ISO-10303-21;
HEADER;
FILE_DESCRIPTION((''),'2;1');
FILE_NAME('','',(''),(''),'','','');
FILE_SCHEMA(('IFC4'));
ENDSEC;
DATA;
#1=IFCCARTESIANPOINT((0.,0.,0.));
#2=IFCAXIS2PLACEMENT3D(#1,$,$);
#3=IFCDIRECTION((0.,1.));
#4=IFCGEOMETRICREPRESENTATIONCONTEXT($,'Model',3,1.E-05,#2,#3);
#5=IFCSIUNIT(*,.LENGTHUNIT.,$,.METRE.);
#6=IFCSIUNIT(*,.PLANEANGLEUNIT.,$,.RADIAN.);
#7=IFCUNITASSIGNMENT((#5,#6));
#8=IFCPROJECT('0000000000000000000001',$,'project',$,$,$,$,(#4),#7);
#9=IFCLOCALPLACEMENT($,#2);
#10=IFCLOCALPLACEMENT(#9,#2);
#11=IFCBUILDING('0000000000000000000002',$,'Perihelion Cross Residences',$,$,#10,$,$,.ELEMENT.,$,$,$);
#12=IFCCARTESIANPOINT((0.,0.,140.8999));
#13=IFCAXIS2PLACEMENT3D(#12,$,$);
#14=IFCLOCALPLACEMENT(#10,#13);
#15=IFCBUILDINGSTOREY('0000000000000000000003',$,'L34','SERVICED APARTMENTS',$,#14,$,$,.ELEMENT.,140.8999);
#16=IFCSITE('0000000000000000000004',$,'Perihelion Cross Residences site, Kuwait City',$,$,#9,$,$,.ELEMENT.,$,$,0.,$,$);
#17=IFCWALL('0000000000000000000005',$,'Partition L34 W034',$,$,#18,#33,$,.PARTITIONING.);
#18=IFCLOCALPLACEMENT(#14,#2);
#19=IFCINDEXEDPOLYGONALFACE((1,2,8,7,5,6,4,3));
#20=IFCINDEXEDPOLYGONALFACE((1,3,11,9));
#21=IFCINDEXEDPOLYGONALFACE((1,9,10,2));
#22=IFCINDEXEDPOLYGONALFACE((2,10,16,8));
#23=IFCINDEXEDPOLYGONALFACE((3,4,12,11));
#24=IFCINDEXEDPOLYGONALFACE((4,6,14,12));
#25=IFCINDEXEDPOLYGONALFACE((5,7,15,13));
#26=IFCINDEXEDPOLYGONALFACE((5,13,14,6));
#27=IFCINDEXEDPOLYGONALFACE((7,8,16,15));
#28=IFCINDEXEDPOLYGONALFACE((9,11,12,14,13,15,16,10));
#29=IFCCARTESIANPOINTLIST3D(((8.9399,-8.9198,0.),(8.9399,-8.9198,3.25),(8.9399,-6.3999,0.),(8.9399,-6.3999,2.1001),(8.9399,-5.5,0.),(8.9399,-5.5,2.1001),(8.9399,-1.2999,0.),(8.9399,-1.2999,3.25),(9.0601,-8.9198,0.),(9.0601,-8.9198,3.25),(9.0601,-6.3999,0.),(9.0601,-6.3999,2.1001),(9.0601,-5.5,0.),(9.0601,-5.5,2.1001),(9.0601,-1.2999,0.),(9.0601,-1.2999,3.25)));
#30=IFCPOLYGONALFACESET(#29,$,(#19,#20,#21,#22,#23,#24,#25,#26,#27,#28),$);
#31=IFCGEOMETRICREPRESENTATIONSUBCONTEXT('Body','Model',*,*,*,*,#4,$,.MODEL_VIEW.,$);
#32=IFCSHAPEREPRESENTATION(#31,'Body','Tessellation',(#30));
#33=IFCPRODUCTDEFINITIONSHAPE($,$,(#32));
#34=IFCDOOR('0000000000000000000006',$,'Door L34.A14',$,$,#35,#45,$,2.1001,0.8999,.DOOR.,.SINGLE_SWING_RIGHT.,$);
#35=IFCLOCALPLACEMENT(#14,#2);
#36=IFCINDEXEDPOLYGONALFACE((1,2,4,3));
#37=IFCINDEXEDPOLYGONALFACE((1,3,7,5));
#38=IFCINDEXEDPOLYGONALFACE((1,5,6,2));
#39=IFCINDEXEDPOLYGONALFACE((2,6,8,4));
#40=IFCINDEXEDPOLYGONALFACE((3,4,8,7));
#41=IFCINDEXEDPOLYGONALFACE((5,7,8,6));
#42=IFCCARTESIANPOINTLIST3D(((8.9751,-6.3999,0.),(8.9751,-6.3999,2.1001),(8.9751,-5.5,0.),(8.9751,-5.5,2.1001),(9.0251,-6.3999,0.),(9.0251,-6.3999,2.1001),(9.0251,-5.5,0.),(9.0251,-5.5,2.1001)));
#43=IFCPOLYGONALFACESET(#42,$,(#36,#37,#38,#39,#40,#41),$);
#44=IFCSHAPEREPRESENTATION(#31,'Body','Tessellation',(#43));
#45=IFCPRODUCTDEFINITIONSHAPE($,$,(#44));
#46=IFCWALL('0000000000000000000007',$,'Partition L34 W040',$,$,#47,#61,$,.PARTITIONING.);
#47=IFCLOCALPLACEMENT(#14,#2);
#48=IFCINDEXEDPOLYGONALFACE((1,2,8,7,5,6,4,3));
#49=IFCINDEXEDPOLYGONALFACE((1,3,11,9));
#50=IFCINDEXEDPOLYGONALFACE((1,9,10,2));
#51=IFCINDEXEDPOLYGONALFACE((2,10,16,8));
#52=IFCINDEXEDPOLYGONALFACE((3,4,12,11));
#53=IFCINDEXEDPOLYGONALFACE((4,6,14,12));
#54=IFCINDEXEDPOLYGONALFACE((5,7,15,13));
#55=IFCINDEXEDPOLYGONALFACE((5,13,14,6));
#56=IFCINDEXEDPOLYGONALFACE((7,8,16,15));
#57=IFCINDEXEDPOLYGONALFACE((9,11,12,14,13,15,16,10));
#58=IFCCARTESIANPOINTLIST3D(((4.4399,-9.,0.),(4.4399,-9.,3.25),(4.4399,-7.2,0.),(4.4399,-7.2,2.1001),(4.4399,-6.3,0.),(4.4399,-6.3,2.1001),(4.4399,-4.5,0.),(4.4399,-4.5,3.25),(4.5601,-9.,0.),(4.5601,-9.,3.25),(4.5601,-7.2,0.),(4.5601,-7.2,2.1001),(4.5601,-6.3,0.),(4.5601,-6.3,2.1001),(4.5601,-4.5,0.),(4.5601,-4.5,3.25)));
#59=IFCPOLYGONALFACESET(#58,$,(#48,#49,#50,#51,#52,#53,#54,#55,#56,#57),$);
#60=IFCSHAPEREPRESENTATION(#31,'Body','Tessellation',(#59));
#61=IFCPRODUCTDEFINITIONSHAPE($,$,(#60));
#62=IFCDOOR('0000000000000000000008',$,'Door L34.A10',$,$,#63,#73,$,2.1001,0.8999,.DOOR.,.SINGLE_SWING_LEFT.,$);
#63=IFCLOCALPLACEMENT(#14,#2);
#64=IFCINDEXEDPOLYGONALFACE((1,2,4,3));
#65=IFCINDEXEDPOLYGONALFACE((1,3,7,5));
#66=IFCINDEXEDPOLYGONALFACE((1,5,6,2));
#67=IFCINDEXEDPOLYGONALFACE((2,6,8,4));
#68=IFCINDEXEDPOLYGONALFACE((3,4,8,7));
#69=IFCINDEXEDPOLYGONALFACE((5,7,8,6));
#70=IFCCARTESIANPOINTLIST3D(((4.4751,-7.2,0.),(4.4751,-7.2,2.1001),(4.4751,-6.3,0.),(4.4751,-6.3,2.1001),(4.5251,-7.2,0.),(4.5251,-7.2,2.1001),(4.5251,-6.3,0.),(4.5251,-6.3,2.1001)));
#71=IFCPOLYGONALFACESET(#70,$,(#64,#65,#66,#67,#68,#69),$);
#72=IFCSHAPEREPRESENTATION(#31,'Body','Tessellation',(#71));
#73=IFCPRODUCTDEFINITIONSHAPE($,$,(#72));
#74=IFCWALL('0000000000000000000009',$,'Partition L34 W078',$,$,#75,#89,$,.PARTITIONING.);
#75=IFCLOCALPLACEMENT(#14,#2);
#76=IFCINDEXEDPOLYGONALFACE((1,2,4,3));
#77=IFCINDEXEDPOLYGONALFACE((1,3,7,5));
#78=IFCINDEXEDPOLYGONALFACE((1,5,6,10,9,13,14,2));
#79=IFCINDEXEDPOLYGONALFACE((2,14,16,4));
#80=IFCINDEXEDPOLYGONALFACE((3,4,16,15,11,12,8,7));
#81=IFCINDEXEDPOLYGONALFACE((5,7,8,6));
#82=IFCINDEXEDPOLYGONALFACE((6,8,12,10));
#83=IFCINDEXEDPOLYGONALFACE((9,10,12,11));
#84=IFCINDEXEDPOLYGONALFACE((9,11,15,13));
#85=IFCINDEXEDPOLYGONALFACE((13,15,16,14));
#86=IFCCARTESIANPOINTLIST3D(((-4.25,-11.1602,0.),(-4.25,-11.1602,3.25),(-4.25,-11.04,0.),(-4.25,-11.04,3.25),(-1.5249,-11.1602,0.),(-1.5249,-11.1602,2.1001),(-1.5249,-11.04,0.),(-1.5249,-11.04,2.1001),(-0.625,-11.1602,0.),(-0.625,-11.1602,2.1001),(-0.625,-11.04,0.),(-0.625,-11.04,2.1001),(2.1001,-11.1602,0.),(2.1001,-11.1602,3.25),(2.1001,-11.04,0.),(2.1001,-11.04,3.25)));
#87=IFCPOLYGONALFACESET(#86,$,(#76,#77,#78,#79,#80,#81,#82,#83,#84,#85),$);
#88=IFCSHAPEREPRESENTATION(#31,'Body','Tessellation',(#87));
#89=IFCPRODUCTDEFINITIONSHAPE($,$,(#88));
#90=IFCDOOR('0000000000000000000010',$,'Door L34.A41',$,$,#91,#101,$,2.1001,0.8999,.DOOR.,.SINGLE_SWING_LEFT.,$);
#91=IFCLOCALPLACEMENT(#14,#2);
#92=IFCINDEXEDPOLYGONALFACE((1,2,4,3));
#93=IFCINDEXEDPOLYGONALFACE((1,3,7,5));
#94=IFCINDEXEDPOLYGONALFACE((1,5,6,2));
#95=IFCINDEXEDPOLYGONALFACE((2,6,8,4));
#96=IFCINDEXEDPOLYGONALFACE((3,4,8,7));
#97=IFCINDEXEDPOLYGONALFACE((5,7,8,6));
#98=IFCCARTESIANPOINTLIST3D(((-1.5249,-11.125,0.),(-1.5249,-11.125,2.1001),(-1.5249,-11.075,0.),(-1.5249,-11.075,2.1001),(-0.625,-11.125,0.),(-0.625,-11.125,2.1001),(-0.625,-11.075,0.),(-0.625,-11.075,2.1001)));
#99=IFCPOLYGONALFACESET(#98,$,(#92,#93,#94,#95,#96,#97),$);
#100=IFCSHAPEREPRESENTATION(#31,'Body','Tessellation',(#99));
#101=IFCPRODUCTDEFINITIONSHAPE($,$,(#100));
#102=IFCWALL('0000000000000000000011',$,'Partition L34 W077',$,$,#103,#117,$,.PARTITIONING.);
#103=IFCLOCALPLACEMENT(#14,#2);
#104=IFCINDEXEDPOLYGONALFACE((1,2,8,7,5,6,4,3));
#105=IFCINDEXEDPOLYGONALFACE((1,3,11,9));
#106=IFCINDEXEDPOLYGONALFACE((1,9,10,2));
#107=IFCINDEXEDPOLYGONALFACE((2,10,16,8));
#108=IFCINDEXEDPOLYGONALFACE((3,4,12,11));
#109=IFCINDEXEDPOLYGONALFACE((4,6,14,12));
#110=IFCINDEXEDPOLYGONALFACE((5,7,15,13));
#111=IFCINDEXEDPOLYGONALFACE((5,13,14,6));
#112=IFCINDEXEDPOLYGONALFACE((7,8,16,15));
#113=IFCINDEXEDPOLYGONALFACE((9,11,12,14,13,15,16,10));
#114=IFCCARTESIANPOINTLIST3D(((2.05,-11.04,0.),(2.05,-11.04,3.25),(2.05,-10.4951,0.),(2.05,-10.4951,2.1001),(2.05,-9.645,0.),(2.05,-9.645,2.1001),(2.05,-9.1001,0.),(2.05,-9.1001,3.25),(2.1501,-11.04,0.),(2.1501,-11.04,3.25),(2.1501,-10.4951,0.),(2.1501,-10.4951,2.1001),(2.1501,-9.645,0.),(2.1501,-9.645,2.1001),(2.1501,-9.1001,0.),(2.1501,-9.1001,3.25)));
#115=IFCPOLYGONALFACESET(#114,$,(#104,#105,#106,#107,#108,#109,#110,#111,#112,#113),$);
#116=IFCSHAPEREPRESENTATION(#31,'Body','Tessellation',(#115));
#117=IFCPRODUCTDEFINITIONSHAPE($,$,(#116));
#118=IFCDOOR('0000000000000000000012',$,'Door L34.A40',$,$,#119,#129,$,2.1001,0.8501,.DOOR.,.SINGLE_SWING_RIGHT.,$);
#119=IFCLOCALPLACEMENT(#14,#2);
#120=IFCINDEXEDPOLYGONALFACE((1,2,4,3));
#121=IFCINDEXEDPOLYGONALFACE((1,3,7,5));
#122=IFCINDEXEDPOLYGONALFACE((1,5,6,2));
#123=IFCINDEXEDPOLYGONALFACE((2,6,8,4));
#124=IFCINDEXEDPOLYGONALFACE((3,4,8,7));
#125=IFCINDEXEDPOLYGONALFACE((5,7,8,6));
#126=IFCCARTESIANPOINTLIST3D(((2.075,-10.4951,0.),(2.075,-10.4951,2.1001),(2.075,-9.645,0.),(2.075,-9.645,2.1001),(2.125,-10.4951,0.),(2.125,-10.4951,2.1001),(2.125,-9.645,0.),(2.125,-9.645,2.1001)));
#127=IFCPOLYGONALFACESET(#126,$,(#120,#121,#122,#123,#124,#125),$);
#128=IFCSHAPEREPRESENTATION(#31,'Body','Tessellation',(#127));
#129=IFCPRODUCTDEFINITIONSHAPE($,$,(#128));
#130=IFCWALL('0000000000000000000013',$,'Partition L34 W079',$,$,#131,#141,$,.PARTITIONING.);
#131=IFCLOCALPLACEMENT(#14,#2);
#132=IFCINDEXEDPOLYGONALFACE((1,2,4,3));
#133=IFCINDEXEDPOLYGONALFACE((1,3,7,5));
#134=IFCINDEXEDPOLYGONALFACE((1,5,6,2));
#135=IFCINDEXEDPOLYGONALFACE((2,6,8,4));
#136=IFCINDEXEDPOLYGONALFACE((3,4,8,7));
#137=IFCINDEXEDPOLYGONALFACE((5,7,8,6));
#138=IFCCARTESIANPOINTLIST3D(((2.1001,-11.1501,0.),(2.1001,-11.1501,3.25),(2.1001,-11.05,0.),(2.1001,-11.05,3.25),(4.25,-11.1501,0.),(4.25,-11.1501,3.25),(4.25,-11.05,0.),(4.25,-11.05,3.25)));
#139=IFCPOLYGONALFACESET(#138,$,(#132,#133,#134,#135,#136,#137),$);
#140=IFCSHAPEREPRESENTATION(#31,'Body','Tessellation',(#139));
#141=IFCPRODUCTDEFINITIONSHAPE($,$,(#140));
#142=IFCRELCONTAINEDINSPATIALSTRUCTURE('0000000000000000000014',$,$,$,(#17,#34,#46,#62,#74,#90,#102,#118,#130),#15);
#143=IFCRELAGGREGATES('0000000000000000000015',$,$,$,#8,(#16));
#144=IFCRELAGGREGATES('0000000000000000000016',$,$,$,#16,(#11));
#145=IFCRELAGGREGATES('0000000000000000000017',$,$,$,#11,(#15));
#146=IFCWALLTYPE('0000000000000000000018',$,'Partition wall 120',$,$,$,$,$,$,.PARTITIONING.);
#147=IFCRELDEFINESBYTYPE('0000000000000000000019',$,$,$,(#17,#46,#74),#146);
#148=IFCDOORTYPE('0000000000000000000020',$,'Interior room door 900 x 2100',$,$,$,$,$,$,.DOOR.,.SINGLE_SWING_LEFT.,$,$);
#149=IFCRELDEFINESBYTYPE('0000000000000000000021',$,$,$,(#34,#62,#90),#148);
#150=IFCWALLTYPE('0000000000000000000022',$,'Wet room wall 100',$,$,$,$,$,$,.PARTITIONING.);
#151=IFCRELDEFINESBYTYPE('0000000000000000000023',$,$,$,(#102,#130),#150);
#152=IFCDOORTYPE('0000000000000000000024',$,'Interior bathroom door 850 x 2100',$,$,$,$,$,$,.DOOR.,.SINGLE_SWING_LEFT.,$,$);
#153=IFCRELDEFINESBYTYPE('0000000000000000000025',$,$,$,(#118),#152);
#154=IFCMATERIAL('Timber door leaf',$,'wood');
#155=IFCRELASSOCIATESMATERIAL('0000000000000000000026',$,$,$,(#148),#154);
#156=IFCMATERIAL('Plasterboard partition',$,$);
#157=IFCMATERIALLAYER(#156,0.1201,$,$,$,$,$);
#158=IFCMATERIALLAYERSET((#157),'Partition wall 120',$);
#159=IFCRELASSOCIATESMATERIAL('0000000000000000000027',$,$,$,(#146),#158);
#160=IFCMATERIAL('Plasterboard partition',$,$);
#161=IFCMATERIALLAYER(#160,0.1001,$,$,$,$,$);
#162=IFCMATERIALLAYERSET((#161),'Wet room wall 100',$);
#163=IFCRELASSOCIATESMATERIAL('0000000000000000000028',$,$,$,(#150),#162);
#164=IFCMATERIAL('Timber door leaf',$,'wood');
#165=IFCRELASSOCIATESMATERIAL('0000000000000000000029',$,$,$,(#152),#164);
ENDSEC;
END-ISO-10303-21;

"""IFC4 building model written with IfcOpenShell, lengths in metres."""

from ifc_helpers import new_model, si_unit, direction, frame, frame_2d, origin, place, context, subcontext, project, spatial, rectangle, extrude, material, layer, layer_set, type_object, element, fill, save


model = new_model("IFC4")

# Units and contexts
model_context = context("Model", 3, precision=1e-05, world=origin(), true_north=direction((0.0, 1.0)))
body_context = subcontext(model_context, "Body", "Model", "MODEL_VIEW")
ifc_project = project(units=[si_unit("LENGTHUNIT", "METRE"), si_unit("PLANEANGLEUNIT", "RADIAN")], contexts=[model_context])

# Site, building, storey
site_placement = place(None, origin())
site = spatial("IfcSite", under=ifc_project, at=site_placement, Name="Perihelion Cross Residences site, Kuwait City", CompositionType="ELEMENT", RefElevation=0.0)
building_placement = place(site_placement, origin())
building = spatial("IfcBuilding", under=site, at=building_placement, Name="Perihelion Cross Residences", CompositionType="ELEMENT")
storey_placement = place(building_placement, frame((0.0, 0.0, 140.8999)))
storey = spatial("IfcBuildingStorey", under=building, at=storey_placement, Name="L34", Description="SERVICED APARTMENTS", CompositionType="ELEMENT", Elevation=140.8999)

# Shared definitions
ifc_material_1 = material(Name="Timber door leaf", Category="wood")
door_type_1 = type_object("IfcDoorType", Name="Interior room door 900 x 2100", OperationType="SINGLE_SWING_LEFT", PredefinedType="DOOR", material=ifc_material_1)

# Shared definitions
ifc_material_2 = material(Name="Plasterboard partition")
ifc_layer_1 = layer(ifc_material_2, 0.1201)
ifc_layer_set_1 = layer_set([ifc_layer_1], Name="Partition wall 120")
wall_type_1 = type_object("IfcWallType", Name="Partition wall 120", PredefinedType="PARTITIONING", material=ifc_layer_set_1)

# Walls, openings, doors
wall_1_placement = place(storey_placement, frame((9.0, -8.9199, 0.0), z_axis=(0.0, 0.0, 1.0), x_axis=(0.0, 1.0, 0.0)))
wall_1 = element("IfcWall", 1, at=wall_1_placement, inside=storey, type_object=wall_type_1, Name="Partition L34 W034", PredefinedType="PARTITIONING", context=body_context, shape_type="SweptSolid", body=[
    extrude(rectangle(XDim=7.6199, YDim=0.1201, at=frame_2d((3.8101, 0.0))), origin(), (0.0, 0.0, 1.0), 3.25),
])
opening_1_placement = place(wall_1_placement, frame((2.52, 0.0, 0.0)))
opening_1 = element("IfcOpeningElement", 2, at=opening_1_placement, cuts=wall_1, PredefinedType="OPENING", context=body_context, shape_type="SweptSolid", body=[
    extrude(rectangle(XDim=0.8999, YDim=2.1001, at=frame_2d((0.45, 1.05))), frame((0.0, 0.0701, 0.0), z_axis=(0.0, -1.0, 0.0), x_axis=(1.0, 0.0, 0.0)), (0.0, 0.0, 1.0), 0.1401),
])
door_1_placement = place(opening_1_placement, origin())
door_1 = element("IfcDoor", 3, at=door_1_placement, inside=storey, type_object=door_type_1, Name="Door L34.A14", OperationType="SINGLE_SWING_RIGHT", OverallHeight=2.1001, OverallWidth=0.8999, PredefinedType="DOOR", context=body_context, shape_type="SweptSolid", body=[
    extrude(rectangle(XDim=0.8999, YDim=2.1001, at=frame_2d((0.45, 1.05))), frame((0.0, 0.0249, 0.0), z_axis=(0.0, -1.0, 0.0), x_axis=(1.0, 0.0, 0.0)), (0.0, 0.0, 1.0), 0.05),
])
fill(opening_1, door_1)
wall_2_placement = place(storey_placement, frame((4.5, -9.0, 0.0), z_axis=(0.0, 0.0, 1.0), x_axis=(0.0, 1.0, 0.0)))
wall_2 = element("IfcWall", 4, at=wall_2_placement, inside=storey, type_object=wall_type_1, Name="Partition L34 W040", PredefinedType="PARTITIONING", context=body_context, shape_type="SweptSolid", body=[
    extrude(rectangle(XDim=4.5, YDim=0.1201, at=frame_2d((2.25, 0.0))), origin(), (0.0, 0.0, 1.0), 3.25),
])
opening_2_placement = place(wall_2_placement, frame((1.8, 0.0, 0.0)))
opening_2 = element("IfcOpeningElement", 5, at=opening_2_placement, cuts=wall_2, PredefinedType="OPENING", context=body_context, shape_type="SweptSolid", body=[
    extrude(rectangle(XDim=0.8999, YDim=2.1001, at=frame_2d((0.45, 1.05))), frame((0.0, 0.0701, 0.0), z_axis=(0.0, -1.0, 0.0), x_axis=(1.0, 0.0, 0.0)), (0.0, 0.0, 1.0), 0.1401),
])
door_2_placement = place(opening_2_placement, origin())
door_2 = element("IfcDoor", 6, at=door_2_placement, inside=storey, type_object=door_type_1, Name="Door L34.A10", OperationType="SINGLE_SWING_LEFT", OverallHeight=2.1001, OverallWidth=0.8999, PredefinedType="DOOR", context=body_context, shape_type="SweptSolid", body=[
    extrude(rectangle(XDim=0.8999, YDim=2.1001, at=frame_2d((0.45, 1.05))), frame((0.0, 0.0249, 0.0), z_axis=(0.0, -1.0, 0.0), x_axis=(1.0, 0.0, 0.0)), (0.0, 0.0, 1.0), 0.05),
])
fill(opening_2, door_2)
wall_3_placement = place(storey_placement, frame((2.1001, -11.1001, 0.0), z_axis=(0.0, 0.0, 1.0), x_axis=(-1.0, 0.0, 0.0)))
wall_3 = element("IfcWall", 7, at=wall_3_placement, inside=storey, type_object=wall_type_1, Name="Partition L34 W078", PredefinedType="PARTITIONING", context=body_context, shape_type="SweptSolid", body=[
    extrude(rectangle(XDim=6.3501, YDim=0.1201, at=frame_2d((3.175, 0.0))), origin(), (0.0, 0.0, 1.0), 3.25),
])
opening_3_placement = place(wall_3_placement, frame((2.7251, 0.0, 0.0)))
opening_3 = element("IfcOpeningElement", 8, at=opening_3_placement, cuts=wall_3, PredefinedType="OPENING", context=body_context, shape_type="SweptSolid", body=[
    extrude(rectangle(XDim=0.8999, YDim=2.1001, at=frame_2d((0.45, 1.05))), frame((0.0, 0.0701, 0.0), z_axis=(0.0, -1.0, 0.0), x_axis=(1.0, 0.0, 0.0)), (0.0, 0.0, 1.0), 0.1401),
])
door_3_placement = place(opening_3_placement, origin())
door_3 = element("IfcDoor", 9, at=door_3_placement, inside=storey, type_object=door_type_1, Name="Door L34.A41", OperationType="SINGLE_SWING_LEFT", OverallHeight=2.1001, OverallWidth=0.8999, PredefinedType="DOOR", context=body_context, shape_type="SweptSolid", body=[
    extrude(rectangle(XDim=0.8999, YDim=2.1001, at=frame_2d((0.45, 1.05))), frame((0.0, 0.0249, 0.0), z_axis=(0.0, -1.0, 0.0), x_axis=(1.0, 0.0, 0.0)), (0.0, 0.0, 1.0), 0.05),
])
fill(opening_3, door_3)
ifc_material_3 = material(Name="Plasterboard partition")
ifc_layer_2 = layer(ifc_material_3, 0.1001)
ifc_layer_set_2 = layer_set([ifc_layer_2], Name="Wet room wall 100")
wall_type_2 = type_object("IfcWallType", Name="Wet room wall 100", PredefinedType="PARTITIONING", material=ifc_layer_set_2)
wall_4_placement = place(storey_placement, frame((2.1001, -9.1001, 0.0), z_axis=(0.0, 0.0, 1.0), x_axis=(0.0, -1.0, 0.0)))
wall_4 = element("IfcWall", 10, at=wall_4_placement, inside=storey, type_object=wall_type_2, Name="Partition L34 W077", PredefinedType="PARTITIONING", context=body_context, shape_type="SweptSolid", body=[
    extrude(rectangle(XDim=1.9399, YDim=0.1001, at=frame_2d((0.97, 0.0))), origin(), (0.0, 0.0, 1.0), 3.25),
])
opening_4_placement = place(wall_4_placement, frame((0.5449, 0.0, 0.0)))
opening_4 = element("IfcOpeningElement", 11, at=opening_4_placement, cuts=wall_4, PredefinedType="OPENING", context=body_context, shape_type="SweptSolid", body=[
    extrude(rectangle(XDim=0.8501, YDim=2.1001, at=frame_2d((0.425, 1.05))), frame((0.0, 0.0601, 0.0), z_axis=(0.0, -1.0, 0.0), x_axis=(1.0, 0.0, 0.0)), (0.0, 0.0, 1.0), 0.1201),
])
ifc_material_4 = material(Name="Timber door leaf", Category="wood")
door_type_2 = type_object("IfcDoorType", Name="Interior bathroom door 850 x 2100", OperationType="SINGLE_SWING_LEFT", PredefinedType="DOOR", material=ifc_material_4)
door_4_placement = place(opening_4_placement, origin())
door_4 = element("IfcDoor", 12, at=door_4_placement, inside=storey, type_object=door_type_2, Name="Door L34.A40", OperationType="SINGLE_SWING_RIGHT", OverallHeight=2.1001, OverallWidth=0.8501, PredefinedType="DOOR", context=body_context, shape_type="SweptSolid", body=[
    extrude(rectangle(XDim=0.8501, YDim=2.1001, at=frame_2d((0.425, 1.05))), frame((0.0, 0.0249, 0.0), z_axis=(0.0, -1.0, 0.0), x_axis=(1.0, 0.0, 0.0)), (0.0, 0.0, 1.0), 0.05),
])
fill(opening_4, door_4)

# Wall
wall_5_placement = place(storey_placement, frame((4.25, -11.1001, 0.0), z_axis=(0.0, 0.0, 1.0), x_axis=(-1.0, 0.0, 0.0)))
element("IfcWall", 13, at=wall_5_placement, inside=storey, type_object=wall_type_2, Name="Partition L34 W079", PredefinedType="PARTITIONING", context=body_context, shape_type="SweptSolid", body=[
    extrude(rectangle(XDim=2.1499, YDim=0.1001, at=frame_2d((1.075, 0.0))), origin(), (0.0, 0.0, 1.0), 3.25),
])

save(model, "model.ifc")
